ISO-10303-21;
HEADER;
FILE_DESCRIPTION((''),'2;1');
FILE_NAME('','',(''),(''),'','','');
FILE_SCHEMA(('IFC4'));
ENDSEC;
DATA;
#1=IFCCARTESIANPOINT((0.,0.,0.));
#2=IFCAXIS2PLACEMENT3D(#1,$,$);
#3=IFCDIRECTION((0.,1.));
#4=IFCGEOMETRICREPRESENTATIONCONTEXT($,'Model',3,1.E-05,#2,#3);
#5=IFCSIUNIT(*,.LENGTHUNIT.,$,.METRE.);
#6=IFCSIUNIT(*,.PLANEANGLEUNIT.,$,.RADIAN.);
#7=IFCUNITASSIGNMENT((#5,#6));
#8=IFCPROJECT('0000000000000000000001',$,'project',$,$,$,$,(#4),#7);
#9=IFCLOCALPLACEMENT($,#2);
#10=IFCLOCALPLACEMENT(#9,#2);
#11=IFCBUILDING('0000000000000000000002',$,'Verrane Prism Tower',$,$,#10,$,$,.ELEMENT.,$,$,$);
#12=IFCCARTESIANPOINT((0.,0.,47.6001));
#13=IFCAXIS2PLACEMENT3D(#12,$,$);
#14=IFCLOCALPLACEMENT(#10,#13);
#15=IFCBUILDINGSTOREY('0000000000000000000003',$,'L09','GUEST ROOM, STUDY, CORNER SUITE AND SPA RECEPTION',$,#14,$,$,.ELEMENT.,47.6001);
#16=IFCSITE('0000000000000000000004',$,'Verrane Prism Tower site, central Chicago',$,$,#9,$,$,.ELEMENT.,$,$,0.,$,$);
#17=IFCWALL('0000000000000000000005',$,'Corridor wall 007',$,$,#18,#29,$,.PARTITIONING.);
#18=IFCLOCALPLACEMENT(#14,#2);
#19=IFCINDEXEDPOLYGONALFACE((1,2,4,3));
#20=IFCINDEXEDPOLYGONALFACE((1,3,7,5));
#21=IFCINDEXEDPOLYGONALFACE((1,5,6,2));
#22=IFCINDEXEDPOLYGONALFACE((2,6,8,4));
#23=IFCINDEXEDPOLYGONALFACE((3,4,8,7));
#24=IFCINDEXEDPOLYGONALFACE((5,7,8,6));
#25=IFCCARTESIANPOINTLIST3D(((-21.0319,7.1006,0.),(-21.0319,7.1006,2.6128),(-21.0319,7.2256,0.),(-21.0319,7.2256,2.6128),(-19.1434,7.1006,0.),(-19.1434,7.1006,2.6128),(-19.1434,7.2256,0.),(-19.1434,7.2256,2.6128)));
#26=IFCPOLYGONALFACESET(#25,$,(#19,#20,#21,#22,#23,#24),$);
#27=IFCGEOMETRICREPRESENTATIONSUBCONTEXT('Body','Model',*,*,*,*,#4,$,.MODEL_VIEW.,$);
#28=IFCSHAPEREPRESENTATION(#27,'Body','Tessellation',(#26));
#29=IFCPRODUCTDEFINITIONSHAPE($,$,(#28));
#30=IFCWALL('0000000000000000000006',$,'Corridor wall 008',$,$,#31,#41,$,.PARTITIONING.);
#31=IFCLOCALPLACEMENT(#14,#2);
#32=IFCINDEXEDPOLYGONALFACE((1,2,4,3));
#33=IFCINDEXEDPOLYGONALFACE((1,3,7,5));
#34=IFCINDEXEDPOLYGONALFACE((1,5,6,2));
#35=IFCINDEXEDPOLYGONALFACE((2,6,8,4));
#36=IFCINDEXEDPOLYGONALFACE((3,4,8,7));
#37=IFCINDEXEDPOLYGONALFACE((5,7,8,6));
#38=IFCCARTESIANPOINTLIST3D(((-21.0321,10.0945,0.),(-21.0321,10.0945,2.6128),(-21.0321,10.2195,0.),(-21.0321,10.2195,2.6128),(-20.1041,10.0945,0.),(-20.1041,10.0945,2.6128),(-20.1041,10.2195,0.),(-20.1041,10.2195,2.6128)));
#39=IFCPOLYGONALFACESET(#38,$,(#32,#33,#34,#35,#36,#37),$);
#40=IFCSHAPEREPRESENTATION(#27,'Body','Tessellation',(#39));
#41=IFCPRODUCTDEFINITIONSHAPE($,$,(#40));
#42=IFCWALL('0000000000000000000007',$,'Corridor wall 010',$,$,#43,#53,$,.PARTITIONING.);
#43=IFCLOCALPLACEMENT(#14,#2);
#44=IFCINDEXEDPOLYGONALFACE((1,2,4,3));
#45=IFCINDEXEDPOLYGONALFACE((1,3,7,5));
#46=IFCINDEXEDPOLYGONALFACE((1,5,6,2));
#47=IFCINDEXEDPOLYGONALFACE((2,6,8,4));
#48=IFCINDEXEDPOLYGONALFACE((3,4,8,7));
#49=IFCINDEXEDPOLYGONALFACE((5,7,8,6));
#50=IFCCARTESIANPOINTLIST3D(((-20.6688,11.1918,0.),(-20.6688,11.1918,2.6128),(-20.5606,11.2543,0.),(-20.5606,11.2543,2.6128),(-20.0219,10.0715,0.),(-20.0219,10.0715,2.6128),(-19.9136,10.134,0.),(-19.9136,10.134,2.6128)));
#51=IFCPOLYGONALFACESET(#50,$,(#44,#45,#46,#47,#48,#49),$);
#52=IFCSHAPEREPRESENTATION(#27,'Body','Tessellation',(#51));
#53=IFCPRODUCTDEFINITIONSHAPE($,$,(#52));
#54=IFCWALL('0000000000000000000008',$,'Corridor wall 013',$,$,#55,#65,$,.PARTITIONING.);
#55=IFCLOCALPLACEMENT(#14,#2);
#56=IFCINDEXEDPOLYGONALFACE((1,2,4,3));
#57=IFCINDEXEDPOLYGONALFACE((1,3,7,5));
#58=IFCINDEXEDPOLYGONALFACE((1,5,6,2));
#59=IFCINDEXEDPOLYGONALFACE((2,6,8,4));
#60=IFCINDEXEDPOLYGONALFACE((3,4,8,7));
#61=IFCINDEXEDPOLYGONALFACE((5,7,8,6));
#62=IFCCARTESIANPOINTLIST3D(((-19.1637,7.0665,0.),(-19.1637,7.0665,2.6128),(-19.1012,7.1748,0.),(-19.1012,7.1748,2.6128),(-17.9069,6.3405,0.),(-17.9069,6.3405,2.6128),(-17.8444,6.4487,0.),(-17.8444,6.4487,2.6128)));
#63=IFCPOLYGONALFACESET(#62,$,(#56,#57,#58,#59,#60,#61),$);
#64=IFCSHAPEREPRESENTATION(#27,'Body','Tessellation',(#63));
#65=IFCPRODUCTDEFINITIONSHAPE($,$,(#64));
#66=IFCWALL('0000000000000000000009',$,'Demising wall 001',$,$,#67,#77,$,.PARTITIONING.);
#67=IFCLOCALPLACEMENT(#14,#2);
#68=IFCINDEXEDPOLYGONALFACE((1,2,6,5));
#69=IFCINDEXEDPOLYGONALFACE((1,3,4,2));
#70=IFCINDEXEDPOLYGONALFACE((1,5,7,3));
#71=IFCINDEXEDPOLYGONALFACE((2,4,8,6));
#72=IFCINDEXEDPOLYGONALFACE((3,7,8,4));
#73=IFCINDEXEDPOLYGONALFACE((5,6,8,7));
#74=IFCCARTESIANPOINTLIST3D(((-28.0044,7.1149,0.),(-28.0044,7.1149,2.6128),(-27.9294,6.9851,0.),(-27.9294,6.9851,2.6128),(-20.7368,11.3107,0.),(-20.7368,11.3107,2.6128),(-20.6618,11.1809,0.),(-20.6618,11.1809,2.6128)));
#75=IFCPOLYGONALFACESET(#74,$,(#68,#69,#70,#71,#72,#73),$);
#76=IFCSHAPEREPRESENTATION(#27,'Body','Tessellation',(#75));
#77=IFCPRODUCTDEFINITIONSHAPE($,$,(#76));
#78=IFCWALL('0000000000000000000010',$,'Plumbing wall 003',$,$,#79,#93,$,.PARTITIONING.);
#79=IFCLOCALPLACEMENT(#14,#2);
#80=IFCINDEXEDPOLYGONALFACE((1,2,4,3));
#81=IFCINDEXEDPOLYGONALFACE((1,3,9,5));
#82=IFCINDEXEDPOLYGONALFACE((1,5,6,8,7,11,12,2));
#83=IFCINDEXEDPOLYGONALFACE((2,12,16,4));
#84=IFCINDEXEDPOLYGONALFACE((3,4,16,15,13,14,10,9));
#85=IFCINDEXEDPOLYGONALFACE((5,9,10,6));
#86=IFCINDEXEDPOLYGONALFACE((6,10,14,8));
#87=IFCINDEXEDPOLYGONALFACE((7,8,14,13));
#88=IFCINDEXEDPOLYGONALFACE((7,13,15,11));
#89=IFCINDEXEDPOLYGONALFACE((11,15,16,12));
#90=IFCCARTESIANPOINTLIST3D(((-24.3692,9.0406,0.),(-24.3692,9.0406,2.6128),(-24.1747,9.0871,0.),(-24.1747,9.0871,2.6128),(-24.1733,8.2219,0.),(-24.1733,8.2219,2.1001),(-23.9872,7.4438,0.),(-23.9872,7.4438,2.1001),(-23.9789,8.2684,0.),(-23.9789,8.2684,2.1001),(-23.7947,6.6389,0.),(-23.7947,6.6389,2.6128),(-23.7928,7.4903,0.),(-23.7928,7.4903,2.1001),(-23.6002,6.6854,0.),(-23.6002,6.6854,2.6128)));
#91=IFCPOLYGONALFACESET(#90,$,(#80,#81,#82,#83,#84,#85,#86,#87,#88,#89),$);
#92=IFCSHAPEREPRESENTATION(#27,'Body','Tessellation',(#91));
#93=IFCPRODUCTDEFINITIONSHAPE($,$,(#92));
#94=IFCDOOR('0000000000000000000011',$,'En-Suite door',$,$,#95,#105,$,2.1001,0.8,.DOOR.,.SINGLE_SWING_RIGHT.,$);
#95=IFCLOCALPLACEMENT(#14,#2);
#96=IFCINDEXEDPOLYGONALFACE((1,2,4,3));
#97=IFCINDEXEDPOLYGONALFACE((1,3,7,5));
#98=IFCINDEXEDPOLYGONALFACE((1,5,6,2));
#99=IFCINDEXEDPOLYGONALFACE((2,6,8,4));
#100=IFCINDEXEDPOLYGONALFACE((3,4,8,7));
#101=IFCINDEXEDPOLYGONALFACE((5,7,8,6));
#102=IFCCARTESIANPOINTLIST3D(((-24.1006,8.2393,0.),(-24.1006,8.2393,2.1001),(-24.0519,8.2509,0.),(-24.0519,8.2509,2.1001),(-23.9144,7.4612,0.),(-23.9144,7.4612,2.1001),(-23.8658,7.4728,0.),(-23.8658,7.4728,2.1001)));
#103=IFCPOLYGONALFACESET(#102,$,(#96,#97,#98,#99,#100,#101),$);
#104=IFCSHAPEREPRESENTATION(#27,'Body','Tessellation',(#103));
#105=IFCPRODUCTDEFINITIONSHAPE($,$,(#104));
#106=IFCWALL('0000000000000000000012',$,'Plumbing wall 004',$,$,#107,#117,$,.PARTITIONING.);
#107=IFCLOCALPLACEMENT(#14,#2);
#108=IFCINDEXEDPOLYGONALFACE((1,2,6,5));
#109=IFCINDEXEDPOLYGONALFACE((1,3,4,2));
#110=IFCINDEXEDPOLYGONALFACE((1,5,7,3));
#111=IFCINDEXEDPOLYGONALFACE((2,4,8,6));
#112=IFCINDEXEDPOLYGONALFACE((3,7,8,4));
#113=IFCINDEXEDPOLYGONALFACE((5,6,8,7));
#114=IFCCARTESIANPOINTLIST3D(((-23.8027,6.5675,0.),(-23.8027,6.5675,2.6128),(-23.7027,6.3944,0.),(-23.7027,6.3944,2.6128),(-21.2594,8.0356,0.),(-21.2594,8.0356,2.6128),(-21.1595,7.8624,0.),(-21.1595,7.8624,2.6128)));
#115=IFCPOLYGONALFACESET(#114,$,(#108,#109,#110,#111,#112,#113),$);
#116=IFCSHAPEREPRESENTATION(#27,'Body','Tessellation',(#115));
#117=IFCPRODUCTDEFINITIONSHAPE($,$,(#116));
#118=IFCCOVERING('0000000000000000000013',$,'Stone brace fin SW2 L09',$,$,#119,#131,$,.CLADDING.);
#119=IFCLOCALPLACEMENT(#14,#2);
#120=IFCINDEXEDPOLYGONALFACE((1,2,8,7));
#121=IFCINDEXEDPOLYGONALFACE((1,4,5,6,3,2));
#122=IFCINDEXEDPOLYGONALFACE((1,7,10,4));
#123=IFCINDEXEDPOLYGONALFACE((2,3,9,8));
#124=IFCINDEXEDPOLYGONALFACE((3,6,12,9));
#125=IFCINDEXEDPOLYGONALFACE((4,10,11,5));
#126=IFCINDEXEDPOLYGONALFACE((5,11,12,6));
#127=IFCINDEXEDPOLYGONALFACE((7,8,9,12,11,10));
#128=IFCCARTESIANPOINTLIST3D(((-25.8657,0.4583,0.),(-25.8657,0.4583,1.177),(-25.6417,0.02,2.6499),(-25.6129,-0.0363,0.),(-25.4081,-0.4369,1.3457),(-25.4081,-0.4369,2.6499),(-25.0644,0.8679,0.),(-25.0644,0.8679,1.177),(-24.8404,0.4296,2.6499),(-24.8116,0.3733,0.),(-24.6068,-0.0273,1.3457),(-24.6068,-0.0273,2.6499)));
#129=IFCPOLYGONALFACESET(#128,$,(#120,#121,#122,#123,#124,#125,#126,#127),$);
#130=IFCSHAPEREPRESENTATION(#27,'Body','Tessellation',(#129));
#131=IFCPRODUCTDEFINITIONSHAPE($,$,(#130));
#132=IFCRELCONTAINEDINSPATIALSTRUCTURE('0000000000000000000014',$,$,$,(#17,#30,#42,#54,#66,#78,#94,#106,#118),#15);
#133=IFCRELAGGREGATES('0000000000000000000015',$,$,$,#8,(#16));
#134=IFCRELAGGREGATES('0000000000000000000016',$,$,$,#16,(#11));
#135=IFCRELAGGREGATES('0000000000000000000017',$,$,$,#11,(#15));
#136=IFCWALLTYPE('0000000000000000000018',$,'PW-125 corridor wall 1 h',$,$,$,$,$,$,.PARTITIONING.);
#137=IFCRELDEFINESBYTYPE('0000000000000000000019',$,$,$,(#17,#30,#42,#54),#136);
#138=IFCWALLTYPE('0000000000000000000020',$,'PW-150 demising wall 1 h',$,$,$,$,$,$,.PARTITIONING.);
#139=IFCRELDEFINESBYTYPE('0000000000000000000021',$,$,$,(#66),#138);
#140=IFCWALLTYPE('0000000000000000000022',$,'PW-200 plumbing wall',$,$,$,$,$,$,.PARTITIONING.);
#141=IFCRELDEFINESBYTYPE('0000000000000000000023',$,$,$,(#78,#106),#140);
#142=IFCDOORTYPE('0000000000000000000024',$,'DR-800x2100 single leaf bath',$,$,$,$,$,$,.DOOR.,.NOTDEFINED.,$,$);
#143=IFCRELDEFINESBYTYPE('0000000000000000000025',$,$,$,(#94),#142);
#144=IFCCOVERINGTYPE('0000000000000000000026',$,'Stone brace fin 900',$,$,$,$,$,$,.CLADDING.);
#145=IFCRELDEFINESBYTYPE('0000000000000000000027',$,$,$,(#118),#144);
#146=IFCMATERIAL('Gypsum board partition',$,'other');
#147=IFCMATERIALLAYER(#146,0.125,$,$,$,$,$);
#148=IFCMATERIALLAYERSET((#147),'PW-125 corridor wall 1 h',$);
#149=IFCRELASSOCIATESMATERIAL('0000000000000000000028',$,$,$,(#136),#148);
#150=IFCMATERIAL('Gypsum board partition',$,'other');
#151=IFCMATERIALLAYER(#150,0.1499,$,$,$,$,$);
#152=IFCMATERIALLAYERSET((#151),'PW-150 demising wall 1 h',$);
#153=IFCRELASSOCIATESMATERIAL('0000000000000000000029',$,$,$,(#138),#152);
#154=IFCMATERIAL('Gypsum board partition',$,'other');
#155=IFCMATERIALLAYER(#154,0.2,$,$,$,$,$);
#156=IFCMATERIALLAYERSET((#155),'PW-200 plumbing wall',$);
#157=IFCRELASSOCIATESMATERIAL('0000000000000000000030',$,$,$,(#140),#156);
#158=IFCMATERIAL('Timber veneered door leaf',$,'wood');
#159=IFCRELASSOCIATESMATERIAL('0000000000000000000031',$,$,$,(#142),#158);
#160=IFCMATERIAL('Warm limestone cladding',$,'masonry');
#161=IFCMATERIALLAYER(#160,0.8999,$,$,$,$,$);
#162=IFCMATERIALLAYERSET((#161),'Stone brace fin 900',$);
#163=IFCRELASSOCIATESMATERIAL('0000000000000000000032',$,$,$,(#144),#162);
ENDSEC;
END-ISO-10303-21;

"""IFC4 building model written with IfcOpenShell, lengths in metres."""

from ifc_helpers import new_model, si_unit, direction, frame, frame_2d, origin, place, context, subcontext, project, spatial, polyline, rectangle, outline, extrude, material, layer, layer_set, type_object, element, fill, save


model = new_model("IFC4")

# Units and contexts
model_context = context("Model", 3, precision=1e-05, world=origin(), true_north=direction((0.0, 1.0)))
body_context = subcontext(model_context, "Body", "Model", "MODEL_VIEW")
ifc_project = project(units=[si_unit("LENGTHUNIT", "METRE"), si_unit("PLANEANGLEUNIT", "RADIAN")], contexts=[model_context])

# Site, building, storey
site_placement = place(None, origin())
site = spatial("IfcSite", under=ifc_project, at=site_placement, Name="Verrane Prism Tower site, central Chicago", CompositionType="ELEMENT", RefElevation=0.0)
building_placement = place(site_placement, origin())
building = spatial("IfcBuilding", under=site, at=building_placement, Name="Verrane Prism Tower", CompositionType="ELEMENT")
storey_placement = place(building_placement, frame((0.0, 0.0, 47.6001)))
storey = spatial("IfcBuildingStorey", under=building, at=storey_placement, Name="L09", Description="GUEST ROOM, STUDY, CORNER SUITE AND SPA RECEPTION", CompositionType="ELEMENT", Elevation=47.6001)

# Walls
ifc_material_1 = material(Name="Gypsum board partition", Category="other")
ifc_layer_1 = layer(ifc_material_1, 0.125)
ifc_layer_set_1 = layer_set([ifc_layer_1], Name="PW-125 corridor wall 1 h")
wall_type_1 = type_object("IfcWallType", Name="PW-125 corridor wall 1 h", PredefinedType="PARTITIONING", material=ifc_layer_set_1)
wall_1_placement = place(storey_placement, frame((-21.032, 7.1631, 0.0), z_axis=(0.0, 0.0, 1.0), x_axis=(1.0, 0.0, 0.0)))
element("IfcWall", 1, at=wall_1_placement, inside=storey, type_object=wall_type_1, Name="Corridor wall 007", PredefinedType="PARTITIONING", context=body_context, shape_type="SweptSolid", body=[
    extrude(rectangle(XDim=1.8884, YDim=0.125, at=frame_2d((0.9443, 0.0))), origin(), (0.0, 0.0, 1.0), 2.6128),
])
wall_2_placement = place(storey_placement, frame((-21.032, 10.157, 0.0), z_axis=(0.0, 0.0, 1.0), x_axis=(1.0, 0.0, 0.0)))
element("IfcWall", 2, at=wall_2_placement, inside=storey, type_object=wall_type_1, Name="Corridor wall 008", PredefinedType="PARTITIONING", context=body_context, shape_type="SweptSolid", body=[
    extrude(rectangle(XDim=0.928, YDim=0.125, at=frame_2d((0.4639, 0.0))), origin(), (0.0, 0.0, 1.0), 2.6128),
])
wall_3_placement = place(storey_placement, frame((-20.6147, 11.2231, 0.0), z_axis=(0.0, 0.0, 1.0), x_axis=(0.500076, -0.865981, 0.0)))
element("IfcWall", 3, at=wall_3_placement, inside=storey, type_object=wall_type_1, Name="Corridor wall 010", PredefinedType="PARTITIONING", context=body_context, shape_type="SweptSolid", body=[
    extrude(rectangle(XDim=1.2937, YDim=0.125, at=frame_2d((0.647, 0.0))), origin(), (0.0, 0.0, 1.0), 2.6128),
])
wall_4_placement = place(storey_placement, frame((-19.1323, 7.1206, 0.0), z_axis=(0.0, 0.0, 1.0), x_axis=(0.865894, -0.500227, 0.0)))
element("IfcWall", 4, at=wall_4_placement, inside=storey, type_object=wall_type_1, Name="Corridor wall 013", PredefinedType="PARTITIONING", context=body_context, shape_type="SweptSolid", body=[
    extrude(rectangle(XDim=1.4514, YDim=0.125, at=frame_2d((0.7256, 0.0))), origin(), (0.0, 0.0, 1.0), 2.6128),
])
ifc_material_2 = material(Name="Gypsum board partition", Category="other")
ifc_layer_2 = layer(ifc_material_2, 0.1499)
ifc_layer_set_2 = layer_set([ifc_layer_2], Name="PW-150 demising wall 1 h")
wall_type_2 = type_object("IfcWallType", Name="PW-150 demising wall 1 h", PredefinedType="PARTITIONING", material=ifc_layer_set_2)
wall_5_placement = place(storey_placement, frame((-27.9668, 7.05, 0.0), z_axis=(0.0, 0.0, 1.0), x_axis=(0.866032, 0.499988, 0.0)))
element("IfcWall", 5, at=wall_5_placement, inside=storey, type_object=wall_type_2, Name="Demising wall 001", PredefinedType="PARTITIONING", context=body_context, shape_type="SweptSolid", body=[
    extrude(rectangle(XDim=8.3918, YDim=0.1499, at=frame_2d((4.1958, 0.0))), origin(), (0.0, 0.0, 1.0), 2.6128),
])

# Wall, opening, door
ifc_material_3 = material(Name="Gypsum board partition", Category="other")
ifc_layer_3 = layer(ifc_material_3, 0.2)
ifc_layer_set_3 = layer_set([ifc_layer_3], Name="PW-200 plumbing wall")
wall_type_3 = type_object("IfcWallType", Name="PW-200 plumbing wall", PredefinedType="PARTITIONING", material=ifc_layer_set_3)
wall_6_placement = place(storey_placement, frame((-24.272, 9.064, 0.0), z_axis=(0.0, 0.0, 1.0), x_axis=(0.232636, -0.972564, 0.0)))
wall_6 = element("IfcWall", 6, at=wall_6_placement, inside=storey, type_object=wall_type_3, Name="Plumbing wall 003", PredefinedType="PARTITIONING", context=body_context, shape_type="SweptSolid", body=[
    extrude(rectangle(XDim=2.4695, YDim=0.2, at=frame_2d((1.2349, 0.0))), origin(), (0.0, 0.0, 1.0), 2.6128),
])
opening_1_placement = place(wall_6_placement, frame((0.842, 0.0, 0.0)))
opening_1 = element("IfcOpeningElement", 7, at=opening_1_placement, cuts=wall_6, PredefinedType="OPENING", context=body_context, shape_type="SweptSolid", body=[
    extrude(rectangle(XDim=0.8, YDim=2.1001, at=frame_2d((0.3999, 1.05))), frame((0.0, 0.1099, 0.0), z_axis=(0.0, -1.0, 0.0), x_axis=(1.0, 0.0, 0.0)), (0.0, 0.0, 1.0), 0.22),
])
ifc_material_4 = material(Name="Timber veneered door leaf", Category="wood")
door_type_1 = type_object("IfcDoorType", Name="DR-800x2100 single leaf bath", OperationType="NOTDEFINED", PredefinedType="DOOR", material=ifc_material_4)
door_1_placement = place(opening_1_placement, origin())
door_1 = element("IfcDoor", 8, at=door_1_placement, inside=storey, type_object=door_type_1, Name="En-Suite door", OperationType="SINGLE_SWING_RIGHT", OverallHeight=2.1001, OverallWidth=0.8, PredefinedType="DOOR", context=body_context, shape_type="SweptSolid", body=[
    extrude(rectangle(XDim=0.8, YDim=2.1001, at=frame_2d((0.3999, 1.05))), frame((0.0, 0.0249, 0.0), z_axis=(0.0, -1.0, 0.0), x_axis=(1.0, 0.0, 0.0)), (0.0, 0.0, 1.0), 0.05),
])
fill(opening_1, door_1)

# Wall
wall_7_placement = place(storey_placement, frame((-23.7527, 6.481, 0.0), z_axis=(0.0, 0.0, 1.0), x_axis=(0.866071, 0.499922, 0.0)))
element("IfcWall", 9, at=wall_7_placement, inside=storey, type_object=wall_type_3, Name="Plumbing wall 004", PredefinedType="PARTITIONING", context=body_context, shape_type="SweptSolid", body=[
    extrude(rectangle(XDim=2.9365, YDim=0.2, at=frame_2d((1.4683, 0.0))), origin(), (0.0, 0.0, 1.0), 2.6128),
])

# Covering
ifc_material_5 = material(Name="Warm limestone cladding", Category="masonry")
ifc_layer_4 = layer(ifc_material_5, 0.8999)
ifc_layer_set_4 = layer_set([ifc_layer_4], Name="Stone brace fin 900")
covering_type = type_object("IfcCoveringType", Name="Stone brace fin 900", PredefinedType="CLADDING", material=ifc_layer_set_4)
covering_placement = place(storey_placement, frame((-25.4651, 0.6631, 0.0), z_axis=(0.0, 0.0, 1.0), x_axis=(0.455162, -0.890408, 0.0)))
element("IfcCovering", 10, at=covering_placement, inside=storey, type_object=covering_type, Name="Stone brace fin SW2 L09", PredefinedType="CLADDING", context=body_context, shape_type="SweptSolid", body=[
    extrude(outline(polyline([(1.0054, 2.6499), (0.4922, 2.6499), (0.0, 1.177), (0.0, 0.0), (0.5554, 0.0), (1.0054, 1.3457), (1.0054, 2.6499)])), frame((0.0, 0.45, 0.0), z_axis=(0.0, -1.0, 0.0), x_axis=(1.0, 0.0, 0.0)), (0.0, 0.0, 1.0), 0.8999),
])

save(model, "model.ifc")
